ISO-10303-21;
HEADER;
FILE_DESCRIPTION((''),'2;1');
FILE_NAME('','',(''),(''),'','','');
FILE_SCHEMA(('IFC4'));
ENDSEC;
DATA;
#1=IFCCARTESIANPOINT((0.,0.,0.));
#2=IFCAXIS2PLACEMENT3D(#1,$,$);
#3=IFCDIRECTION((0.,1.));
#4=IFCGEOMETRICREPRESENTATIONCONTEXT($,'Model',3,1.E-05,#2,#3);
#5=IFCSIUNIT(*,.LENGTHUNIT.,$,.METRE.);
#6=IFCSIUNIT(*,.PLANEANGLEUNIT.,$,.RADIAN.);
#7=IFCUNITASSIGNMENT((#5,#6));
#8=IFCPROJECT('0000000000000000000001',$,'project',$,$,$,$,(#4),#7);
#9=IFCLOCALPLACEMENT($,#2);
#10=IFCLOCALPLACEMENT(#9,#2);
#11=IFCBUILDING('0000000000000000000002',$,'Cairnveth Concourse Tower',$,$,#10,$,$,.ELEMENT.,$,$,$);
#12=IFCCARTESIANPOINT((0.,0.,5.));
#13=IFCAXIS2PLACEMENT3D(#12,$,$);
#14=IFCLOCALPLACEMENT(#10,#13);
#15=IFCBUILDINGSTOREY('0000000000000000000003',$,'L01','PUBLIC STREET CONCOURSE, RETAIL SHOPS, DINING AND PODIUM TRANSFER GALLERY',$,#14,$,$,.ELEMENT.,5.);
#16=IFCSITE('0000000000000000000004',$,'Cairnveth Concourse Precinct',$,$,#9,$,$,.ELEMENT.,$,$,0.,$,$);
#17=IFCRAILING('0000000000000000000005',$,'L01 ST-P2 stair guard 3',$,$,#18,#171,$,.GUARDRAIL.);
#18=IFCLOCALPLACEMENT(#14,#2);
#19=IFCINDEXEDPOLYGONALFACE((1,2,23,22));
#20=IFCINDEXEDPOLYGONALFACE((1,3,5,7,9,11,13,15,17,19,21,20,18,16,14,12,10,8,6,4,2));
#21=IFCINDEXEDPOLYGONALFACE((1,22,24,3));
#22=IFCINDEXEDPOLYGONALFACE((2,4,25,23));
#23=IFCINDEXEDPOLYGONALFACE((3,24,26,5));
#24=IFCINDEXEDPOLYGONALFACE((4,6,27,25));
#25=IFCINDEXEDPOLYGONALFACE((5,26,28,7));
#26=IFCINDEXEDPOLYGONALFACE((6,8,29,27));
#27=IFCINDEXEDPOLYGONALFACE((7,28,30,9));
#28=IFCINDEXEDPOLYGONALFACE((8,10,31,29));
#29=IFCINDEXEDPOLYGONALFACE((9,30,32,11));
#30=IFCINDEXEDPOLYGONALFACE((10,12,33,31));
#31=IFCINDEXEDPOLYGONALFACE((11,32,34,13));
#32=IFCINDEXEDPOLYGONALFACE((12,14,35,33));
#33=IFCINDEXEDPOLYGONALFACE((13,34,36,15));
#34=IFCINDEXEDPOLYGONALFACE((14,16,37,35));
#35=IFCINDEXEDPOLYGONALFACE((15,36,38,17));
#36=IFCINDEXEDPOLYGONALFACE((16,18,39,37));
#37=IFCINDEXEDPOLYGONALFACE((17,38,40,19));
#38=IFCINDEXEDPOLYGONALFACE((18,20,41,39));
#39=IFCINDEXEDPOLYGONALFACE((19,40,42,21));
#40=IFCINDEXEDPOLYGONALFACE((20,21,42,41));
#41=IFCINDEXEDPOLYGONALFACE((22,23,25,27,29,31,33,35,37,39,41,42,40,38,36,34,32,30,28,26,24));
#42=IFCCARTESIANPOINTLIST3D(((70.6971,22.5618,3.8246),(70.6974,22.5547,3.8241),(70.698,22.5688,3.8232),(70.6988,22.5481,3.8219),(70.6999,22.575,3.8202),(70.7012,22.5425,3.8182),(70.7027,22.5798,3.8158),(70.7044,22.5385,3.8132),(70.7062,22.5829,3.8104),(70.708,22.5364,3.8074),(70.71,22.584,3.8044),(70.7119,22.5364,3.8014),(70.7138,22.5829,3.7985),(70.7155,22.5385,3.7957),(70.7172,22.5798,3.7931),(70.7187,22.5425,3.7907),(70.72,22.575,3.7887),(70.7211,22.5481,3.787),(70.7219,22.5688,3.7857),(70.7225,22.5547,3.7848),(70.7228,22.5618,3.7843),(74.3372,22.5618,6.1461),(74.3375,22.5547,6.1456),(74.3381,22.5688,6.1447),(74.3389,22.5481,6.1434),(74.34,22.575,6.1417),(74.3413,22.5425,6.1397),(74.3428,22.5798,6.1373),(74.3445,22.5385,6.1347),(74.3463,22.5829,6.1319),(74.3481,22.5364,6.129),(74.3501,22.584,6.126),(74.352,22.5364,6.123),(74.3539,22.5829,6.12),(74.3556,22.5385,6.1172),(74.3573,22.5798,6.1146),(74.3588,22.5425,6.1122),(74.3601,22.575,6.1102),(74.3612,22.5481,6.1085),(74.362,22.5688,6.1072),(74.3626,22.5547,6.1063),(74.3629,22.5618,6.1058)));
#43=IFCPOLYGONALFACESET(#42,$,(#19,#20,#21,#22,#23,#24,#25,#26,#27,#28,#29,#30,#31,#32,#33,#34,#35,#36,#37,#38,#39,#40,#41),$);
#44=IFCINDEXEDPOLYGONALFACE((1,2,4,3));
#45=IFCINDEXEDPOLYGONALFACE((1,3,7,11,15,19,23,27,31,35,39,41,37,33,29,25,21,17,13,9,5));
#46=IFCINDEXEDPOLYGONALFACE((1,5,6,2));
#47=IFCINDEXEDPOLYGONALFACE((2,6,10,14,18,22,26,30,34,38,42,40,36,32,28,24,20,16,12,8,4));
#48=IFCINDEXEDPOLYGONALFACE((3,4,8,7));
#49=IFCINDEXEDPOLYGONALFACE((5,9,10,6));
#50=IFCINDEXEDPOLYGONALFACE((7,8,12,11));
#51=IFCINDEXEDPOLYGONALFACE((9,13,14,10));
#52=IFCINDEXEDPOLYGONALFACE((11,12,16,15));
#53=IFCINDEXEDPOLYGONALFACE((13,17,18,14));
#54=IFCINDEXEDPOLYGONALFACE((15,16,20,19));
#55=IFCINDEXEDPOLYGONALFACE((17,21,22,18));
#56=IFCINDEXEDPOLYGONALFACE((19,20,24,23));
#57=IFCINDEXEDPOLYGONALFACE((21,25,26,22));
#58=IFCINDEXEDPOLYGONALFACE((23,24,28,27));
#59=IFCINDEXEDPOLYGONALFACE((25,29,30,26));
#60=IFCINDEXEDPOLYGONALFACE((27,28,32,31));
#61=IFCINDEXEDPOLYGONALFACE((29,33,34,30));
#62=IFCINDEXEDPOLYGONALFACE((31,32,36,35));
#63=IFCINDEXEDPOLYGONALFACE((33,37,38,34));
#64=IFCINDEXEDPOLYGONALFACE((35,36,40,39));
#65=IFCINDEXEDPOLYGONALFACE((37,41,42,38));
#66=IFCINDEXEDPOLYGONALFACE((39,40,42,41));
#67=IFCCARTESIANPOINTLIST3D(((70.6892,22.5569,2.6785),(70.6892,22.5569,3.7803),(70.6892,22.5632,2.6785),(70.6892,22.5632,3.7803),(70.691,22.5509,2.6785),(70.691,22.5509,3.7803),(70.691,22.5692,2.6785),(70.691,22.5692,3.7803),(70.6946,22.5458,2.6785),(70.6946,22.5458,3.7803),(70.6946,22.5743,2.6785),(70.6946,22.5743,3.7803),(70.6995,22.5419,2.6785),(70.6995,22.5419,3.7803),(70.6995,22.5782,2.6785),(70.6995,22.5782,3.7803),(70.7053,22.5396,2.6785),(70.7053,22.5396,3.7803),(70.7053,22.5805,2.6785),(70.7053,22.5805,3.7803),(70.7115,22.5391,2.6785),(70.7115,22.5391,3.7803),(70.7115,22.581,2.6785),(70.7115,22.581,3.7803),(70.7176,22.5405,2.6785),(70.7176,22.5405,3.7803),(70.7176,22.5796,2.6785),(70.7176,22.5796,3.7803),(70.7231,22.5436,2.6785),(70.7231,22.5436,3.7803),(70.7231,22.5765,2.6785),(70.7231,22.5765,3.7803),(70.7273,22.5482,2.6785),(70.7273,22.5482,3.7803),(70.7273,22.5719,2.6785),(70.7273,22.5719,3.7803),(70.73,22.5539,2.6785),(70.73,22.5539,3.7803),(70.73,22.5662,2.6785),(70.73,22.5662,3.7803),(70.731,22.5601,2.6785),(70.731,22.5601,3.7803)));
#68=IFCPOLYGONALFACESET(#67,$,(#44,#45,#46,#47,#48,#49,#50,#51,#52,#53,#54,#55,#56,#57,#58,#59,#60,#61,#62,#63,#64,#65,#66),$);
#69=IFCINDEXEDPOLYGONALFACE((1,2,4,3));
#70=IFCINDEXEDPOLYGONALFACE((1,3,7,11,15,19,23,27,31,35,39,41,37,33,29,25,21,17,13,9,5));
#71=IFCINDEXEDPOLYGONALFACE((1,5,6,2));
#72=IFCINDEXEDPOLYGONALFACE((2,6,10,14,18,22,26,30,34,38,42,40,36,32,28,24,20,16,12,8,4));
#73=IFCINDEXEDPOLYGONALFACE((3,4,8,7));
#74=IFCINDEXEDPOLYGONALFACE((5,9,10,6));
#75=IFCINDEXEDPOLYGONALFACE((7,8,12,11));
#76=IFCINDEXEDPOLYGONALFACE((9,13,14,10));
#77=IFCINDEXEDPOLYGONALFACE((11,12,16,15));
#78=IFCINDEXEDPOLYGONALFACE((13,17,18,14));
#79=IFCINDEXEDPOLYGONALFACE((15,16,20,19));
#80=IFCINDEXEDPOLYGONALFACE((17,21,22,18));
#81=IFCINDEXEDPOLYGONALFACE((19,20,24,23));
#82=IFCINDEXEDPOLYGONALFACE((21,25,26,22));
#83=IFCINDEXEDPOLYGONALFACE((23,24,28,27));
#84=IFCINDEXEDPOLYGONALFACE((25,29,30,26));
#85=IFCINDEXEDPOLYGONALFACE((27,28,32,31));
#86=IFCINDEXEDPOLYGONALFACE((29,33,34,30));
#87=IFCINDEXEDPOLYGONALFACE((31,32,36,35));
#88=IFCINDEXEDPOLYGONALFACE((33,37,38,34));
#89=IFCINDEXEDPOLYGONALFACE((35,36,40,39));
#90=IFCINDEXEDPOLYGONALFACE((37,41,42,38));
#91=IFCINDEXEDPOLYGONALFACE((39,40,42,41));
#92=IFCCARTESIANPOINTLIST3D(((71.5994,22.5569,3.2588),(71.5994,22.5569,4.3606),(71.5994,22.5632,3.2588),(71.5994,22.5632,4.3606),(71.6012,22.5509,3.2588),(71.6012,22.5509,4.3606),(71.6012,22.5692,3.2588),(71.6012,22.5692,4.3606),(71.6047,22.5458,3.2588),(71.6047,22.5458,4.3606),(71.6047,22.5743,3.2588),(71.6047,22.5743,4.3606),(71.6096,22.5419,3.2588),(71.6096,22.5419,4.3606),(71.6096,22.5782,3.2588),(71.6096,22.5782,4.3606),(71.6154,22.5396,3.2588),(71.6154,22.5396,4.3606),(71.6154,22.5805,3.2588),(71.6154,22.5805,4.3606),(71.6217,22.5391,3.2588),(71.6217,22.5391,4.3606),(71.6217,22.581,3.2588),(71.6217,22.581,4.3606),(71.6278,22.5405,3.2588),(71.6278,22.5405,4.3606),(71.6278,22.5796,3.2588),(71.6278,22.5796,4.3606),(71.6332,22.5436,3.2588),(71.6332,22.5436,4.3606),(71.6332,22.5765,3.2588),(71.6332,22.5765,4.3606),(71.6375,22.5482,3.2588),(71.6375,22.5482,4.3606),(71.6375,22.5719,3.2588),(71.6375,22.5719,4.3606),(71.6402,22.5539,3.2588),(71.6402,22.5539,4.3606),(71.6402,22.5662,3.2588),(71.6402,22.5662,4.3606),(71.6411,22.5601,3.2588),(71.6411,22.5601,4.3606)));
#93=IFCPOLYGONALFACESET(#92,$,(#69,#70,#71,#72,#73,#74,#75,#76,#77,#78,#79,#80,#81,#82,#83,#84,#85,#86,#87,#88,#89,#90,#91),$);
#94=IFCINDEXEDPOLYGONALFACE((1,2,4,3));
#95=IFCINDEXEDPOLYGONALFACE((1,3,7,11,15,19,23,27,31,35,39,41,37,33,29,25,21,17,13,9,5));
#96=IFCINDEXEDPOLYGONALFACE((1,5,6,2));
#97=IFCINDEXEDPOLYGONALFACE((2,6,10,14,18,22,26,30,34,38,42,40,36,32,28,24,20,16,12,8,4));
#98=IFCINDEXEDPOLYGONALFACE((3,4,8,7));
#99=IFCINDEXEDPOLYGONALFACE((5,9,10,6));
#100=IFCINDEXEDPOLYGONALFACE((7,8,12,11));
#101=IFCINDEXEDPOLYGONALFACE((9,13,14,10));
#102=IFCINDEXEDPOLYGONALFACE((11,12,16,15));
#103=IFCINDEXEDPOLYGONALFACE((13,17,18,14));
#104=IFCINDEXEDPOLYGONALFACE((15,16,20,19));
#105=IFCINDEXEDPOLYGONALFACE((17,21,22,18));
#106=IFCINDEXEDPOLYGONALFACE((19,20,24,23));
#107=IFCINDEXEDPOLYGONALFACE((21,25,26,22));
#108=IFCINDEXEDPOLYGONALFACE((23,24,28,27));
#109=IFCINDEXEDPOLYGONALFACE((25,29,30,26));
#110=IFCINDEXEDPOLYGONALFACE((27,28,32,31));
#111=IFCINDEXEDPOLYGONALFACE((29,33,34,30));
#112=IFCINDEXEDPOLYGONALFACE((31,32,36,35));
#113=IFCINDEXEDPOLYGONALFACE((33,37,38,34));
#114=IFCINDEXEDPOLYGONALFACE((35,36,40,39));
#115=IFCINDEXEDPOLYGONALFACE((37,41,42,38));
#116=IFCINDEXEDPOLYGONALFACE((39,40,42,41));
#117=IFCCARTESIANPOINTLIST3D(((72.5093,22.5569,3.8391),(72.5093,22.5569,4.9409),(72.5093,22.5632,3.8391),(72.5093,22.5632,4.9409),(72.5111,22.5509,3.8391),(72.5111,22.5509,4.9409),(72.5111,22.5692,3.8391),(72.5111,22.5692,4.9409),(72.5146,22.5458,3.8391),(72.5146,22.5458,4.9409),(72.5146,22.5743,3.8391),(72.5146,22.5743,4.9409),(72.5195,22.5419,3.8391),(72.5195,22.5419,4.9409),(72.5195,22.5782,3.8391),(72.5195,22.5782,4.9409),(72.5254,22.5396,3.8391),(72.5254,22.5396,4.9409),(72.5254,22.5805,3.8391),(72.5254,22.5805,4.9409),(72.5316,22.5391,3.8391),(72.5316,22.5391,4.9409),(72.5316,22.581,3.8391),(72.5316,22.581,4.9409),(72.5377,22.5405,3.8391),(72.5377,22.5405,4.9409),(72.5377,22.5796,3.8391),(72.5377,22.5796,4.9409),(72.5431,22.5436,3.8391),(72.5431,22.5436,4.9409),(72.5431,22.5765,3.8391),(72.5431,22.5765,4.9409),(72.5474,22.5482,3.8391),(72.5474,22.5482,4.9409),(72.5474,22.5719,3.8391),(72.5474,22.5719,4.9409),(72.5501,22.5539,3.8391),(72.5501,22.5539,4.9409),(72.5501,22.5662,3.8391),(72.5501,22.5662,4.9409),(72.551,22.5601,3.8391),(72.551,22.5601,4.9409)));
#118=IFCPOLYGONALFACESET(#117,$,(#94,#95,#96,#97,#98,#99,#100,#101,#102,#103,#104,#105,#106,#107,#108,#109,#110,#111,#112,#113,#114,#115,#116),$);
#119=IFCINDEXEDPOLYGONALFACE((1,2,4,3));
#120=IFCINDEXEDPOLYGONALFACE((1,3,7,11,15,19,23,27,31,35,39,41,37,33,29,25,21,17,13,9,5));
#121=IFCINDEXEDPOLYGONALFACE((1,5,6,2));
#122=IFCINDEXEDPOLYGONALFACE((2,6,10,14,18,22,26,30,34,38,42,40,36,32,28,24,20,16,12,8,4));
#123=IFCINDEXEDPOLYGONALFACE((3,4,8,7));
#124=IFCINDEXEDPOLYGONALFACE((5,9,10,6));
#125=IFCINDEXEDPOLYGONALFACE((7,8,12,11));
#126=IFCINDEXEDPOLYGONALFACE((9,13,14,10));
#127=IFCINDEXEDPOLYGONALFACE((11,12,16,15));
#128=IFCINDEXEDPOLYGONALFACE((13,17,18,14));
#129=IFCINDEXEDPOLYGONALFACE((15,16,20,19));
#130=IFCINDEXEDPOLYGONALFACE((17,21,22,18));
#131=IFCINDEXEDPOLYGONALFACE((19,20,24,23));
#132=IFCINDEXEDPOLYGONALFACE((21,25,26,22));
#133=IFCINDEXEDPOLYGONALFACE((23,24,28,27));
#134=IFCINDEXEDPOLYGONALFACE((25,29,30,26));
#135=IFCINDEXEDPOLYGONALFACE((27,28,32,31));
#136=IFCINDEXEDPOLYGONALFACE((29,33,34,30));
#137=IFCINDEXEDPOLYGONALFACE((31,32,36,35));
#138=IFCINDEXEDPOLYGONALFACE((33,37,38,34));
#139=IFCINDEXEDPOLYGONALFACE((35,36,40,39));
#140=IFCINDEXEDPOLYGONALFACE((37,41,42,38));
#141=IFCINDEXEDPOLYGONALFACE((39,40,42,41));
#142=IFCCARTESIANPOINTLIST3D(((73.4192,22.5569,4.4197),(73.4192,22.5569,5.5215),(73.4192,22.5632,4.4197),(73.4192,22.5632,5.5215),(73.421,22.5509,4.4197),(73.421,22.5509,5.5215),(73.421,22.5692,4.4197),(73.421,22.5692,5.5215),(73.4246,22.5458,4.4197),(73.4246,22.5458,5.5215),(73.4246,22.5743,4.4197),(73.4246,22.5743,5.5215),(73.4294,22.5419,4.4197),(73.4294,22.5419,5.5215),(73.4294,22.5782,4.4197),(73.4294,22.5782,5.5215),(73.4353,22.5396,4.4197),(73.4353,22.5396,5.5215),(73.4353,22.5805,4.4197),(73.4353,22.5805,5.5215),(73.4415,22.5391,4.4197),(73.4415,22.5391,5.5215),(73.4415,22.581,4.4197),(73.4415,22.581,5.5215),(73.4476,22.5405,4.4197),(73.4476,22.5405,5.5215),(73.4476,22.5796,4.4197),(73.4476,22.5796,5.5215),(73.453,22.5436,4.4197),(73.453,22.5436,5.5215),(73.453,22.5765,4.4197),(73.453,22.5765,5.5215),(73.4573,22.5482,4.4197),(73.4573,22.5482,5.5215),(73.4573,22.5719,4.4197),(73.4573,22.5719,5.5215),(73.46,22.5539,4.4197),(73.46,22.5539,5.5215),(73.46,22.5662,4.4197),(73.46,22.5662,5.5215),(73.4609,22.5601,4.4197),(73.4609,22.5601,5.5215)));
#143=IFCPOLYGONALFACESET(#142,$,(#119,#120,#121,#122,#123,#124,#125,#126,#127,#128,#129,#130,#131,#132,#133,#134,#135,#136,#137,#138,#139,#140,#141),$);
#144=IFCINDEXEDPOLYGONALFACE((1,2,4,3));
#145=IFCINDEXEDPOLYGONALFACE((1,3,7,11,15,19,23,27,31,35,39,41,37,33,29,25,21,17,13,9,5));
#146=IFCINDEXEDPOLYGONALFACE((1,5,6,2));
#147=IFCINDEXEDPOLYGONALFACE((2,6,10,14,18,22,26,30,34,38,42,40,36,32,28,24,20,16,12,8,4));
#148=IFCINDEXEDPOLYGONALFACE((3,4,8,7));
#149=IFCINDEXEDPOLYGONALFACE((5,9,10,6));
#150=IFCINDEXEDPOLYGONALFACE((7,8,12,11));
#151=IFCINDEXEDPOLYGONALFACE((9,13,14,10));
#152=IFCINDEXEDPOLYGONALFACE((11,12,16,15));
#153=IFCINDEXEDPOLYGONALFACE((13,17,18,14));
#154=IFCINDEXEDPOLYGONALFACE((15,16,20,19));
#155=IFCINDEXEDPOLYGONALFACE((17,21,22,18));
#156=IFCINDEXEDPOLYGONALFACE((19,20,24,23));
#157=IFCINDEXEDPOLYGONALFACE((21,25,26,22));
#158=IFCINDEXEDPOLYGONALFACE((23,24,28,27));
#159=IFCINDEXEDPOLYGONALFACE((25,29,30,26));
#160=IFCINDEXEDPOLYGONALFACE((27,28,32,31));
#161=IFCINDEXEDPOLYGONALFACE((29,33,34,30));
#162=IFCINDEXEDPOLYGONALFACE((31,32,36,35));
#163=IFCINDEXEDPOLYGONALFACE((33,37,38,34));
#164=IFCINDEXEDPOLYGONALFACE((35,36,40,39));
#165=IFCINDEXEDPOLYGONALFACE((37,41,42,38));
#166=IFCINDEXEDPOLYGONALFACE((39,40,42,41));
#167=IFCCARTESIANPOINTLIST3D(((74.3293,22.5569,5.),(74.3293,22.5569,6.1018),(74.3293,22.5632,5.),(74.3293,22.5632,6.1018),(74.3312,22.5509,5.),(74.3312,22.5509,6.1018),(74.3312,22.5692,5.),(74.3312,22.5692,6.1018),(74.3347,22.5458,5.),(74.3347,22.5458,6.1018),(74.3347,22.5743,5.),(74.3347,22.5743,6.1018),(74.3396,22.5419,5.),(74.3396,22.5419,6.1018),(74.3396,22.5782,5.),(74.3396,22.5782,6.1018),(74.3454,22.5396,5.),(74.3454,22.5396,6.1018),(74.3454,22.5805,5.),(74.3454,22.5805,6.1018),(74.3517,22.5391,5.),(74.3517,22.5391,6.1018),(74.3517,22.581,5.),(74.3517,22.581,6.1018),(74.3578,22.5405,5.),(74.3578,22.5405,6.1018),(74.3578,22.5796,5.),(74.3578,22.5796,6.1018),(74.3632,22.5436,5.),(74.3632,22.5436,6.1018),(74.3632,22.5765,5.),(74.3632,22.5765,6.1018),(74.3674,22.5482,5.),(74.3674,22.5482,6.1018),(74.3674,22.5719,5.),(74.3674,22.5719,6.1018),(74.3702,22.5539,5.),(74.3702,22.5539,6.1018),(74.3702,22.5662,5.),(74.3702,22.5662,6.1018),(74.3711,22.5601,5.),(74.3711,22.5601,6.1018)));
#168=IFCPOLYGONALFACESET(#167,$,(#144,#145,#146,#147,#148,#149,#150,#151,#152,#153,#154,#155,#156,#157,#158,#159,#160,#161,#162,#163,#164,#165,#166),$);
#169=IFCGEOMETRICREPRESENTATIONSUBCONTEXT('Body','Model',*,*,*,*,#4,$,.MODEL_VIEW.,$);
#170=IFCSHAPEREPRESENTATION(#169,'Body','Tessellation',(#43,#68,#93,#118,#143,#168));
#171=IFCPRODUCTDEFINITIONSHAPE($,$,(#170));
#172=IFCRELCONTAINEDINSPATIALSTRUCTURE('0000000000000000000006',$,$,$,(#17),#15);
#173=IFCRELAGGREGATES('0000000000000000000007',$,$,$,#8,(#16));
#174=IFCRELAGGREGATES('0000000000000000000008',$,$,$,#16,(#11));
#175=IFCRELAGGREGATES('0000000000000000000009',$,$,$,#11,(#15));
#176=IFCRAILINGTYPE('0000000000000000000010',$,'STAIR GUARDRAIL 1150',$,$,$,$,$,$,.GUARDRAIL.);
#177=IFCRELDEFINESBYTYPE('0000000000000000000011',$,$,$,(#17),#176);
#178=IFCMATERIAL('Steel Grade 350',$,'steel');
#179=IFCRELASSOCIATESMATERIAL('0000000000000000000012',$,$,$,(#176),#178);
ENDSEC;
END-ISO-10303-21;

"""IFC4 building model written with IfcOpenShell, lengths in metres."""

from ifc_helpers import new_model, si_unit, direction, frame, origin, origin_2d, place, context, subcontext, project, spatial, circle, extrude, material, type_object, element, save


model = new_model("IFC4")

# Units and contexts
model_context = context("Model", 3, precision=1e-05, world=origin(), true_north=direction((0.0, 1.0)))
body_context = subcontext(model_context, "Body", "Model", "MODEL_VIEW")
ifc_project = project(units=[si_unit("LENGTHUNIT", "METRE"), si_unit("PLANEANGLEUNIT", "RADIAN")], contexts=[model_context])

# Site, building, storey
site_placement = place(None, origin())
site = spatial("IfcSite", under=ifc_project, at=site_placement, Name="Cairnveth Concourse Precinct", CompositionType="ELEMENT", RefElevation=0.0)
building_placement = place(site_placement, origin())
building = spatial("IfcBuilding", under=site, at=building_placement, Name="Cairnveth Concourse Tower", CompositionType="ELEMENT")
storey_placement = place(building_placement, frame((0.0, 0.0, 5.0)))
storey = spatial("IfcBuildingStorey", under=building, at=storey_placement, Name="L01", Description="PUBLIC STREET CONCOURSE, RETAIL SHOPS, DINING AND PODIUM TRANSFER GALLERY", CompositionType="ELEMENT", Elevation=5.0)

# Shared definitions
ifc_material_1 = material(Name="Steel Grade 350", Category="steel")

# Railing
railing_type_1 = type_object("IfcRailingType", Name="STAIR GUARDRAIL 1150", PredefinedType="GUARDRAIL", material=ifc_material_1)
railing_1_placement = place(storey_placement, frame((70.71, 22.5601, 2.6785)))
element("IfcRailing", 1, at=railing_1_placement, inside=storey, type_object=railing_type_1, Name="L01 ST-P2 stair guard 3", PredefinedType="GUARDRAIL", context=body_context, shape_type="SweptSolid", body=[
    extrude(circle(Radius=0.0239, at=origin_2d()), frame((0.0, 0.0, 1.126), z_axis=(0.843128, 0.0, 0.537713), x_axis=(0.0, 1.0, 0.0)), (0.0, 0.0, 1.0), 4.3174),
    extrude(circle(Radius=0.021, at=origin_2d()), origin(), (0.0, 0.0, 1.0), 1.1018),
    extrude(circle(Radius=0.021, at=origin_2d()), frame((0.9102, 0.0, 0.5803)), (0.0, 0.0, 1.0), 1.1018),
    extrude(circle(Radius=0.021, at=origin_2d()), frame((1.8201, 0.0, 1.1606)), (0.0, 0.0, 1.0), 1.1018),
    extrude(circle(Radius=0.021, at=origin_2d()), frame((2.73, 0.0, 1.7412)), (0.0, 0.0, 1.0), 1.1018),
    extrude(circle(Radius=0.021, at=origin_2d()), frame((3.6401, 0.0, 2.3215)), (0.0, 0.0, 1.0), 1.1018),
])

save(model, "model.ifc")
